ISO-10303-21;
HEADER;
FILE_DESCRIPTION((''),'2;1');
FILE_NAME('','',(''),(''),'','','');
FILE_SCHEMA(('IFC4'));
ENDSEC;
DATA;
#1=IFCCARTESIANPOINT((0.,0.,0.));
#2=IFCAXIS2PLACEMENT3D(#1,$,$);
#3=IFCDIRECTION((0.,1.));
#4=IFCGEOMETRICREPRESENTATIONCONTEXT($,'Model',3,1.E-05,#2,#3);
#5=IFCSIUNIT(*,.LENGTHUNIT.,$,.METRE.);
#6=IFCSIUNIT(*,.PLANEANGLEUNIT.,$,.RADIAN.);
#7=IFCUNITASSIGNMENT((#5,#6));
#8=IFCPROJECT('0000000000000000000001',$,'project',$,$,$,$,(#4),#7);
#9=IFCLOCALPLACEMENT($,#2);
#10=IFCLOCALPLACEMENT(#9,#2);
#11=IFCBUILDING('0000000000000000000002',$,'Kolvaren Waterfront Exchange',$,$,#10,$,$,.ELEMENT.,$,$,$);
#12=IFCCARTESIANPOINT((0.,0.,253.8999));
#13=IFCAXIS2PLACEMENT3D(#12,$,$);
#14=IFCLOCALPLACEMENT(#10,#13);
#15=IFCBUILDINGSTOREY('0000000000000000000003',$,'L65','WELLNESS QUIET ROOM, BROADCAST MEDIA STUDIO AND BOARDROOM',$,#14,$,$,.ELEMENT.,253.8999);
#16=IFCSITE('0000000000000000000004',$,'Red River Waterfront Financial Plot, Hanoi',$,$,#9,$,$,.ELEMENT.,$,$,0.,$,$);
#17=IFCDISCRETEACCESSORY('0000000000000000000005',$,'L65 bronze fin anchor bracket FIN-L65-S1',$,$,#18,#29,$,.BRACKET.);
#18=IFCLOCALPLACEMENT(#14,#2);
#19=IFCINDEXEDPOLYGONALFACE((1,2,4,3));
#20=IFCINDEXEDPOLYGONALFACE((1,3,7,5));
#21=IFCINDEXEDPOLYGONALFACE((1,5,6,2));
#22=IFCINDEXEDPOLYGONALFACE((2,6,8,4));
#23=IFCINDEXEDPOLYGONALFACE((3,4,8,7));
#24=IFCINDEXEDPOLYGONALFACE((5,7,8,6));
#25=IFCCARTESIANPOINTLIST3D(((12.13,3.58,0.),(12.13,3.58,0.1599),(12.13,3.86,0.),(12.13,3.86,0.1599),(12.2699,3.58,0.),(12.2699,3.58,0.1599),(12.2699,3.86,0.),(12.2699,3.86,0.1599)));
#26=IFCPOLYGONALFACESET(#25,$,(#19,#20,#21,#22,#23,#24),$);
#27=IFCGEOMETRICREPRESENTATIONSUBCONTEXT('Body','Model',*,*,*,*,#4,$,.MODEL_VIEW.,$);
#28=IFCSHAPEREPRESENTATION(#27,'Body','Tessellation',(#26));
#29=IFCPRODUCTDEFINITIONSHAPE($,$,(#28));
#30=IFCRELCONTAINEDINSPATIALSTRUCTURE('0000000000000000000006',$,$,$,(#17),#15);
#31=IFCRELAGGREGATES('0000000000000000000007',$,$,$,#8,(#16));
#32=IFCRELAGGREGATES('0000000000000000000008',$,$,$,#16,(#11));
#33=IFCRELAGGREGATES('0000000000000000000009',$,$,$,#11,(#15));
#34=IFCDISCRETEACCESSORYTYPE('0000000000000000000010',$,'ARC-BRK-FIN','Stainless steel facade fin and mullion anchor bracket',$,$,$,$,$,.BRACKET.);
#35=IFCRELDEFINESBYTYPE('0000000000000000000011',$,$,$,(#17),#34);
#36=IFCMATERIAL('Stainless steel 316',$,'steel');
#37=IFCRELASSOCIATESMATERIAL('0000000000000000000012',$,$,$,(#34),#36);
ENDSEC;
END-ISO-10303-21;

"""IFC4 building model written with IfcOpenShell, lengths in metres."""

from ifc_helpers import new_model, si_unit, direction, frame, origin, origin_with_axes, origin_2d, place, context, subcontext, project, spatial, rectangle, extrude, source, transform, mapped, material, type_object, element, save


model = new_model("IFC4")

# Units and contexts
model_context = context("Model", 3, precision=1e-05, world=origin(), true_north=direction((0.0, 1.0)))
body_context = subcontext(model_context, "Body", "Model", "MODEL_VIEW")
ifc_project = project(units=[si_unit("LENGTHUNIT", "METRE"), si_unit("PLANEANGLEUNIT", "RADIAN")], contexts=[model_context])

# Site, building, storey
site_placement = place(None, origin())
site = spatial("IfcSite", under=ifc_project, at=site_placement, Name="Red River Waterfront Financial Plot, Hanoi", CompositionType="ELEMENT", RefElevation=0.0)
building_placement = place(site_placement, origin())
building = spatial("IfcBuilding", under=site, at=building_placement, Name="Kolvaren Waterfront Exchange", CompositionType="ELEMENT")
storey_placement = place(building_placement, frame((0.0, 0.0, 253.8999)))
storey = spatial("IfcBuildingStorey", under=building, at=storey_placement, Name="L65", Description="WELLNESS QUIET ROOM, BROADCAST MEDIA STUDIO AND BOARDROOM", CompositionType="ELEMENT", Elevation=253.8999)

# Discrete accessory
ifc_material_1 = material(Name="Stainless steel 316", Category="steel")
discrete_accessory_type = type_object("IfcDiscreteAccessoryType", Name="ARC-BRK-FIN", Description="Stainless steel facade fin and mullion anchor bracket", PredefinedType="BRACKET", material=ifc_material_1)
shared_shape_1 = source(origin_with_axes(), body_context, "Body", "SweptSolid", [
    extrude(rectangle(XDim=0.28, YDim=0.1399, at=origin_2d()), origin(), (0.0, 0.0, 1.0), 0.1599),
])
discrete_accessory_placement = place(storey_placement, frame((12.2, 3.72, 0.0), z_axis=(0.0, 0.0, 1.0), x_axis=(0.0, -1.0, 0.0)))
element("IfcDiscreteAccessory", 1, at=discrete_accessory_placement, inside=storey, type_object=discrete_accessory_type, Name="L65 bronze fin anchor bracket FIN-L65-S1", PredefinedType="BRACKET", context=body_context, shape_type="MappedRepresentation", body=[
    mapped(shared_shape_1, transform((0.0, 0.0, 0.0), x_axis=(1.0, 0.0, 0.0), y_axis=(0.0, 1.0, 0.0), z_axis=(0.0, 0.0, 1.0), scale=1.0)),
])

save(model, "model.ifc")
